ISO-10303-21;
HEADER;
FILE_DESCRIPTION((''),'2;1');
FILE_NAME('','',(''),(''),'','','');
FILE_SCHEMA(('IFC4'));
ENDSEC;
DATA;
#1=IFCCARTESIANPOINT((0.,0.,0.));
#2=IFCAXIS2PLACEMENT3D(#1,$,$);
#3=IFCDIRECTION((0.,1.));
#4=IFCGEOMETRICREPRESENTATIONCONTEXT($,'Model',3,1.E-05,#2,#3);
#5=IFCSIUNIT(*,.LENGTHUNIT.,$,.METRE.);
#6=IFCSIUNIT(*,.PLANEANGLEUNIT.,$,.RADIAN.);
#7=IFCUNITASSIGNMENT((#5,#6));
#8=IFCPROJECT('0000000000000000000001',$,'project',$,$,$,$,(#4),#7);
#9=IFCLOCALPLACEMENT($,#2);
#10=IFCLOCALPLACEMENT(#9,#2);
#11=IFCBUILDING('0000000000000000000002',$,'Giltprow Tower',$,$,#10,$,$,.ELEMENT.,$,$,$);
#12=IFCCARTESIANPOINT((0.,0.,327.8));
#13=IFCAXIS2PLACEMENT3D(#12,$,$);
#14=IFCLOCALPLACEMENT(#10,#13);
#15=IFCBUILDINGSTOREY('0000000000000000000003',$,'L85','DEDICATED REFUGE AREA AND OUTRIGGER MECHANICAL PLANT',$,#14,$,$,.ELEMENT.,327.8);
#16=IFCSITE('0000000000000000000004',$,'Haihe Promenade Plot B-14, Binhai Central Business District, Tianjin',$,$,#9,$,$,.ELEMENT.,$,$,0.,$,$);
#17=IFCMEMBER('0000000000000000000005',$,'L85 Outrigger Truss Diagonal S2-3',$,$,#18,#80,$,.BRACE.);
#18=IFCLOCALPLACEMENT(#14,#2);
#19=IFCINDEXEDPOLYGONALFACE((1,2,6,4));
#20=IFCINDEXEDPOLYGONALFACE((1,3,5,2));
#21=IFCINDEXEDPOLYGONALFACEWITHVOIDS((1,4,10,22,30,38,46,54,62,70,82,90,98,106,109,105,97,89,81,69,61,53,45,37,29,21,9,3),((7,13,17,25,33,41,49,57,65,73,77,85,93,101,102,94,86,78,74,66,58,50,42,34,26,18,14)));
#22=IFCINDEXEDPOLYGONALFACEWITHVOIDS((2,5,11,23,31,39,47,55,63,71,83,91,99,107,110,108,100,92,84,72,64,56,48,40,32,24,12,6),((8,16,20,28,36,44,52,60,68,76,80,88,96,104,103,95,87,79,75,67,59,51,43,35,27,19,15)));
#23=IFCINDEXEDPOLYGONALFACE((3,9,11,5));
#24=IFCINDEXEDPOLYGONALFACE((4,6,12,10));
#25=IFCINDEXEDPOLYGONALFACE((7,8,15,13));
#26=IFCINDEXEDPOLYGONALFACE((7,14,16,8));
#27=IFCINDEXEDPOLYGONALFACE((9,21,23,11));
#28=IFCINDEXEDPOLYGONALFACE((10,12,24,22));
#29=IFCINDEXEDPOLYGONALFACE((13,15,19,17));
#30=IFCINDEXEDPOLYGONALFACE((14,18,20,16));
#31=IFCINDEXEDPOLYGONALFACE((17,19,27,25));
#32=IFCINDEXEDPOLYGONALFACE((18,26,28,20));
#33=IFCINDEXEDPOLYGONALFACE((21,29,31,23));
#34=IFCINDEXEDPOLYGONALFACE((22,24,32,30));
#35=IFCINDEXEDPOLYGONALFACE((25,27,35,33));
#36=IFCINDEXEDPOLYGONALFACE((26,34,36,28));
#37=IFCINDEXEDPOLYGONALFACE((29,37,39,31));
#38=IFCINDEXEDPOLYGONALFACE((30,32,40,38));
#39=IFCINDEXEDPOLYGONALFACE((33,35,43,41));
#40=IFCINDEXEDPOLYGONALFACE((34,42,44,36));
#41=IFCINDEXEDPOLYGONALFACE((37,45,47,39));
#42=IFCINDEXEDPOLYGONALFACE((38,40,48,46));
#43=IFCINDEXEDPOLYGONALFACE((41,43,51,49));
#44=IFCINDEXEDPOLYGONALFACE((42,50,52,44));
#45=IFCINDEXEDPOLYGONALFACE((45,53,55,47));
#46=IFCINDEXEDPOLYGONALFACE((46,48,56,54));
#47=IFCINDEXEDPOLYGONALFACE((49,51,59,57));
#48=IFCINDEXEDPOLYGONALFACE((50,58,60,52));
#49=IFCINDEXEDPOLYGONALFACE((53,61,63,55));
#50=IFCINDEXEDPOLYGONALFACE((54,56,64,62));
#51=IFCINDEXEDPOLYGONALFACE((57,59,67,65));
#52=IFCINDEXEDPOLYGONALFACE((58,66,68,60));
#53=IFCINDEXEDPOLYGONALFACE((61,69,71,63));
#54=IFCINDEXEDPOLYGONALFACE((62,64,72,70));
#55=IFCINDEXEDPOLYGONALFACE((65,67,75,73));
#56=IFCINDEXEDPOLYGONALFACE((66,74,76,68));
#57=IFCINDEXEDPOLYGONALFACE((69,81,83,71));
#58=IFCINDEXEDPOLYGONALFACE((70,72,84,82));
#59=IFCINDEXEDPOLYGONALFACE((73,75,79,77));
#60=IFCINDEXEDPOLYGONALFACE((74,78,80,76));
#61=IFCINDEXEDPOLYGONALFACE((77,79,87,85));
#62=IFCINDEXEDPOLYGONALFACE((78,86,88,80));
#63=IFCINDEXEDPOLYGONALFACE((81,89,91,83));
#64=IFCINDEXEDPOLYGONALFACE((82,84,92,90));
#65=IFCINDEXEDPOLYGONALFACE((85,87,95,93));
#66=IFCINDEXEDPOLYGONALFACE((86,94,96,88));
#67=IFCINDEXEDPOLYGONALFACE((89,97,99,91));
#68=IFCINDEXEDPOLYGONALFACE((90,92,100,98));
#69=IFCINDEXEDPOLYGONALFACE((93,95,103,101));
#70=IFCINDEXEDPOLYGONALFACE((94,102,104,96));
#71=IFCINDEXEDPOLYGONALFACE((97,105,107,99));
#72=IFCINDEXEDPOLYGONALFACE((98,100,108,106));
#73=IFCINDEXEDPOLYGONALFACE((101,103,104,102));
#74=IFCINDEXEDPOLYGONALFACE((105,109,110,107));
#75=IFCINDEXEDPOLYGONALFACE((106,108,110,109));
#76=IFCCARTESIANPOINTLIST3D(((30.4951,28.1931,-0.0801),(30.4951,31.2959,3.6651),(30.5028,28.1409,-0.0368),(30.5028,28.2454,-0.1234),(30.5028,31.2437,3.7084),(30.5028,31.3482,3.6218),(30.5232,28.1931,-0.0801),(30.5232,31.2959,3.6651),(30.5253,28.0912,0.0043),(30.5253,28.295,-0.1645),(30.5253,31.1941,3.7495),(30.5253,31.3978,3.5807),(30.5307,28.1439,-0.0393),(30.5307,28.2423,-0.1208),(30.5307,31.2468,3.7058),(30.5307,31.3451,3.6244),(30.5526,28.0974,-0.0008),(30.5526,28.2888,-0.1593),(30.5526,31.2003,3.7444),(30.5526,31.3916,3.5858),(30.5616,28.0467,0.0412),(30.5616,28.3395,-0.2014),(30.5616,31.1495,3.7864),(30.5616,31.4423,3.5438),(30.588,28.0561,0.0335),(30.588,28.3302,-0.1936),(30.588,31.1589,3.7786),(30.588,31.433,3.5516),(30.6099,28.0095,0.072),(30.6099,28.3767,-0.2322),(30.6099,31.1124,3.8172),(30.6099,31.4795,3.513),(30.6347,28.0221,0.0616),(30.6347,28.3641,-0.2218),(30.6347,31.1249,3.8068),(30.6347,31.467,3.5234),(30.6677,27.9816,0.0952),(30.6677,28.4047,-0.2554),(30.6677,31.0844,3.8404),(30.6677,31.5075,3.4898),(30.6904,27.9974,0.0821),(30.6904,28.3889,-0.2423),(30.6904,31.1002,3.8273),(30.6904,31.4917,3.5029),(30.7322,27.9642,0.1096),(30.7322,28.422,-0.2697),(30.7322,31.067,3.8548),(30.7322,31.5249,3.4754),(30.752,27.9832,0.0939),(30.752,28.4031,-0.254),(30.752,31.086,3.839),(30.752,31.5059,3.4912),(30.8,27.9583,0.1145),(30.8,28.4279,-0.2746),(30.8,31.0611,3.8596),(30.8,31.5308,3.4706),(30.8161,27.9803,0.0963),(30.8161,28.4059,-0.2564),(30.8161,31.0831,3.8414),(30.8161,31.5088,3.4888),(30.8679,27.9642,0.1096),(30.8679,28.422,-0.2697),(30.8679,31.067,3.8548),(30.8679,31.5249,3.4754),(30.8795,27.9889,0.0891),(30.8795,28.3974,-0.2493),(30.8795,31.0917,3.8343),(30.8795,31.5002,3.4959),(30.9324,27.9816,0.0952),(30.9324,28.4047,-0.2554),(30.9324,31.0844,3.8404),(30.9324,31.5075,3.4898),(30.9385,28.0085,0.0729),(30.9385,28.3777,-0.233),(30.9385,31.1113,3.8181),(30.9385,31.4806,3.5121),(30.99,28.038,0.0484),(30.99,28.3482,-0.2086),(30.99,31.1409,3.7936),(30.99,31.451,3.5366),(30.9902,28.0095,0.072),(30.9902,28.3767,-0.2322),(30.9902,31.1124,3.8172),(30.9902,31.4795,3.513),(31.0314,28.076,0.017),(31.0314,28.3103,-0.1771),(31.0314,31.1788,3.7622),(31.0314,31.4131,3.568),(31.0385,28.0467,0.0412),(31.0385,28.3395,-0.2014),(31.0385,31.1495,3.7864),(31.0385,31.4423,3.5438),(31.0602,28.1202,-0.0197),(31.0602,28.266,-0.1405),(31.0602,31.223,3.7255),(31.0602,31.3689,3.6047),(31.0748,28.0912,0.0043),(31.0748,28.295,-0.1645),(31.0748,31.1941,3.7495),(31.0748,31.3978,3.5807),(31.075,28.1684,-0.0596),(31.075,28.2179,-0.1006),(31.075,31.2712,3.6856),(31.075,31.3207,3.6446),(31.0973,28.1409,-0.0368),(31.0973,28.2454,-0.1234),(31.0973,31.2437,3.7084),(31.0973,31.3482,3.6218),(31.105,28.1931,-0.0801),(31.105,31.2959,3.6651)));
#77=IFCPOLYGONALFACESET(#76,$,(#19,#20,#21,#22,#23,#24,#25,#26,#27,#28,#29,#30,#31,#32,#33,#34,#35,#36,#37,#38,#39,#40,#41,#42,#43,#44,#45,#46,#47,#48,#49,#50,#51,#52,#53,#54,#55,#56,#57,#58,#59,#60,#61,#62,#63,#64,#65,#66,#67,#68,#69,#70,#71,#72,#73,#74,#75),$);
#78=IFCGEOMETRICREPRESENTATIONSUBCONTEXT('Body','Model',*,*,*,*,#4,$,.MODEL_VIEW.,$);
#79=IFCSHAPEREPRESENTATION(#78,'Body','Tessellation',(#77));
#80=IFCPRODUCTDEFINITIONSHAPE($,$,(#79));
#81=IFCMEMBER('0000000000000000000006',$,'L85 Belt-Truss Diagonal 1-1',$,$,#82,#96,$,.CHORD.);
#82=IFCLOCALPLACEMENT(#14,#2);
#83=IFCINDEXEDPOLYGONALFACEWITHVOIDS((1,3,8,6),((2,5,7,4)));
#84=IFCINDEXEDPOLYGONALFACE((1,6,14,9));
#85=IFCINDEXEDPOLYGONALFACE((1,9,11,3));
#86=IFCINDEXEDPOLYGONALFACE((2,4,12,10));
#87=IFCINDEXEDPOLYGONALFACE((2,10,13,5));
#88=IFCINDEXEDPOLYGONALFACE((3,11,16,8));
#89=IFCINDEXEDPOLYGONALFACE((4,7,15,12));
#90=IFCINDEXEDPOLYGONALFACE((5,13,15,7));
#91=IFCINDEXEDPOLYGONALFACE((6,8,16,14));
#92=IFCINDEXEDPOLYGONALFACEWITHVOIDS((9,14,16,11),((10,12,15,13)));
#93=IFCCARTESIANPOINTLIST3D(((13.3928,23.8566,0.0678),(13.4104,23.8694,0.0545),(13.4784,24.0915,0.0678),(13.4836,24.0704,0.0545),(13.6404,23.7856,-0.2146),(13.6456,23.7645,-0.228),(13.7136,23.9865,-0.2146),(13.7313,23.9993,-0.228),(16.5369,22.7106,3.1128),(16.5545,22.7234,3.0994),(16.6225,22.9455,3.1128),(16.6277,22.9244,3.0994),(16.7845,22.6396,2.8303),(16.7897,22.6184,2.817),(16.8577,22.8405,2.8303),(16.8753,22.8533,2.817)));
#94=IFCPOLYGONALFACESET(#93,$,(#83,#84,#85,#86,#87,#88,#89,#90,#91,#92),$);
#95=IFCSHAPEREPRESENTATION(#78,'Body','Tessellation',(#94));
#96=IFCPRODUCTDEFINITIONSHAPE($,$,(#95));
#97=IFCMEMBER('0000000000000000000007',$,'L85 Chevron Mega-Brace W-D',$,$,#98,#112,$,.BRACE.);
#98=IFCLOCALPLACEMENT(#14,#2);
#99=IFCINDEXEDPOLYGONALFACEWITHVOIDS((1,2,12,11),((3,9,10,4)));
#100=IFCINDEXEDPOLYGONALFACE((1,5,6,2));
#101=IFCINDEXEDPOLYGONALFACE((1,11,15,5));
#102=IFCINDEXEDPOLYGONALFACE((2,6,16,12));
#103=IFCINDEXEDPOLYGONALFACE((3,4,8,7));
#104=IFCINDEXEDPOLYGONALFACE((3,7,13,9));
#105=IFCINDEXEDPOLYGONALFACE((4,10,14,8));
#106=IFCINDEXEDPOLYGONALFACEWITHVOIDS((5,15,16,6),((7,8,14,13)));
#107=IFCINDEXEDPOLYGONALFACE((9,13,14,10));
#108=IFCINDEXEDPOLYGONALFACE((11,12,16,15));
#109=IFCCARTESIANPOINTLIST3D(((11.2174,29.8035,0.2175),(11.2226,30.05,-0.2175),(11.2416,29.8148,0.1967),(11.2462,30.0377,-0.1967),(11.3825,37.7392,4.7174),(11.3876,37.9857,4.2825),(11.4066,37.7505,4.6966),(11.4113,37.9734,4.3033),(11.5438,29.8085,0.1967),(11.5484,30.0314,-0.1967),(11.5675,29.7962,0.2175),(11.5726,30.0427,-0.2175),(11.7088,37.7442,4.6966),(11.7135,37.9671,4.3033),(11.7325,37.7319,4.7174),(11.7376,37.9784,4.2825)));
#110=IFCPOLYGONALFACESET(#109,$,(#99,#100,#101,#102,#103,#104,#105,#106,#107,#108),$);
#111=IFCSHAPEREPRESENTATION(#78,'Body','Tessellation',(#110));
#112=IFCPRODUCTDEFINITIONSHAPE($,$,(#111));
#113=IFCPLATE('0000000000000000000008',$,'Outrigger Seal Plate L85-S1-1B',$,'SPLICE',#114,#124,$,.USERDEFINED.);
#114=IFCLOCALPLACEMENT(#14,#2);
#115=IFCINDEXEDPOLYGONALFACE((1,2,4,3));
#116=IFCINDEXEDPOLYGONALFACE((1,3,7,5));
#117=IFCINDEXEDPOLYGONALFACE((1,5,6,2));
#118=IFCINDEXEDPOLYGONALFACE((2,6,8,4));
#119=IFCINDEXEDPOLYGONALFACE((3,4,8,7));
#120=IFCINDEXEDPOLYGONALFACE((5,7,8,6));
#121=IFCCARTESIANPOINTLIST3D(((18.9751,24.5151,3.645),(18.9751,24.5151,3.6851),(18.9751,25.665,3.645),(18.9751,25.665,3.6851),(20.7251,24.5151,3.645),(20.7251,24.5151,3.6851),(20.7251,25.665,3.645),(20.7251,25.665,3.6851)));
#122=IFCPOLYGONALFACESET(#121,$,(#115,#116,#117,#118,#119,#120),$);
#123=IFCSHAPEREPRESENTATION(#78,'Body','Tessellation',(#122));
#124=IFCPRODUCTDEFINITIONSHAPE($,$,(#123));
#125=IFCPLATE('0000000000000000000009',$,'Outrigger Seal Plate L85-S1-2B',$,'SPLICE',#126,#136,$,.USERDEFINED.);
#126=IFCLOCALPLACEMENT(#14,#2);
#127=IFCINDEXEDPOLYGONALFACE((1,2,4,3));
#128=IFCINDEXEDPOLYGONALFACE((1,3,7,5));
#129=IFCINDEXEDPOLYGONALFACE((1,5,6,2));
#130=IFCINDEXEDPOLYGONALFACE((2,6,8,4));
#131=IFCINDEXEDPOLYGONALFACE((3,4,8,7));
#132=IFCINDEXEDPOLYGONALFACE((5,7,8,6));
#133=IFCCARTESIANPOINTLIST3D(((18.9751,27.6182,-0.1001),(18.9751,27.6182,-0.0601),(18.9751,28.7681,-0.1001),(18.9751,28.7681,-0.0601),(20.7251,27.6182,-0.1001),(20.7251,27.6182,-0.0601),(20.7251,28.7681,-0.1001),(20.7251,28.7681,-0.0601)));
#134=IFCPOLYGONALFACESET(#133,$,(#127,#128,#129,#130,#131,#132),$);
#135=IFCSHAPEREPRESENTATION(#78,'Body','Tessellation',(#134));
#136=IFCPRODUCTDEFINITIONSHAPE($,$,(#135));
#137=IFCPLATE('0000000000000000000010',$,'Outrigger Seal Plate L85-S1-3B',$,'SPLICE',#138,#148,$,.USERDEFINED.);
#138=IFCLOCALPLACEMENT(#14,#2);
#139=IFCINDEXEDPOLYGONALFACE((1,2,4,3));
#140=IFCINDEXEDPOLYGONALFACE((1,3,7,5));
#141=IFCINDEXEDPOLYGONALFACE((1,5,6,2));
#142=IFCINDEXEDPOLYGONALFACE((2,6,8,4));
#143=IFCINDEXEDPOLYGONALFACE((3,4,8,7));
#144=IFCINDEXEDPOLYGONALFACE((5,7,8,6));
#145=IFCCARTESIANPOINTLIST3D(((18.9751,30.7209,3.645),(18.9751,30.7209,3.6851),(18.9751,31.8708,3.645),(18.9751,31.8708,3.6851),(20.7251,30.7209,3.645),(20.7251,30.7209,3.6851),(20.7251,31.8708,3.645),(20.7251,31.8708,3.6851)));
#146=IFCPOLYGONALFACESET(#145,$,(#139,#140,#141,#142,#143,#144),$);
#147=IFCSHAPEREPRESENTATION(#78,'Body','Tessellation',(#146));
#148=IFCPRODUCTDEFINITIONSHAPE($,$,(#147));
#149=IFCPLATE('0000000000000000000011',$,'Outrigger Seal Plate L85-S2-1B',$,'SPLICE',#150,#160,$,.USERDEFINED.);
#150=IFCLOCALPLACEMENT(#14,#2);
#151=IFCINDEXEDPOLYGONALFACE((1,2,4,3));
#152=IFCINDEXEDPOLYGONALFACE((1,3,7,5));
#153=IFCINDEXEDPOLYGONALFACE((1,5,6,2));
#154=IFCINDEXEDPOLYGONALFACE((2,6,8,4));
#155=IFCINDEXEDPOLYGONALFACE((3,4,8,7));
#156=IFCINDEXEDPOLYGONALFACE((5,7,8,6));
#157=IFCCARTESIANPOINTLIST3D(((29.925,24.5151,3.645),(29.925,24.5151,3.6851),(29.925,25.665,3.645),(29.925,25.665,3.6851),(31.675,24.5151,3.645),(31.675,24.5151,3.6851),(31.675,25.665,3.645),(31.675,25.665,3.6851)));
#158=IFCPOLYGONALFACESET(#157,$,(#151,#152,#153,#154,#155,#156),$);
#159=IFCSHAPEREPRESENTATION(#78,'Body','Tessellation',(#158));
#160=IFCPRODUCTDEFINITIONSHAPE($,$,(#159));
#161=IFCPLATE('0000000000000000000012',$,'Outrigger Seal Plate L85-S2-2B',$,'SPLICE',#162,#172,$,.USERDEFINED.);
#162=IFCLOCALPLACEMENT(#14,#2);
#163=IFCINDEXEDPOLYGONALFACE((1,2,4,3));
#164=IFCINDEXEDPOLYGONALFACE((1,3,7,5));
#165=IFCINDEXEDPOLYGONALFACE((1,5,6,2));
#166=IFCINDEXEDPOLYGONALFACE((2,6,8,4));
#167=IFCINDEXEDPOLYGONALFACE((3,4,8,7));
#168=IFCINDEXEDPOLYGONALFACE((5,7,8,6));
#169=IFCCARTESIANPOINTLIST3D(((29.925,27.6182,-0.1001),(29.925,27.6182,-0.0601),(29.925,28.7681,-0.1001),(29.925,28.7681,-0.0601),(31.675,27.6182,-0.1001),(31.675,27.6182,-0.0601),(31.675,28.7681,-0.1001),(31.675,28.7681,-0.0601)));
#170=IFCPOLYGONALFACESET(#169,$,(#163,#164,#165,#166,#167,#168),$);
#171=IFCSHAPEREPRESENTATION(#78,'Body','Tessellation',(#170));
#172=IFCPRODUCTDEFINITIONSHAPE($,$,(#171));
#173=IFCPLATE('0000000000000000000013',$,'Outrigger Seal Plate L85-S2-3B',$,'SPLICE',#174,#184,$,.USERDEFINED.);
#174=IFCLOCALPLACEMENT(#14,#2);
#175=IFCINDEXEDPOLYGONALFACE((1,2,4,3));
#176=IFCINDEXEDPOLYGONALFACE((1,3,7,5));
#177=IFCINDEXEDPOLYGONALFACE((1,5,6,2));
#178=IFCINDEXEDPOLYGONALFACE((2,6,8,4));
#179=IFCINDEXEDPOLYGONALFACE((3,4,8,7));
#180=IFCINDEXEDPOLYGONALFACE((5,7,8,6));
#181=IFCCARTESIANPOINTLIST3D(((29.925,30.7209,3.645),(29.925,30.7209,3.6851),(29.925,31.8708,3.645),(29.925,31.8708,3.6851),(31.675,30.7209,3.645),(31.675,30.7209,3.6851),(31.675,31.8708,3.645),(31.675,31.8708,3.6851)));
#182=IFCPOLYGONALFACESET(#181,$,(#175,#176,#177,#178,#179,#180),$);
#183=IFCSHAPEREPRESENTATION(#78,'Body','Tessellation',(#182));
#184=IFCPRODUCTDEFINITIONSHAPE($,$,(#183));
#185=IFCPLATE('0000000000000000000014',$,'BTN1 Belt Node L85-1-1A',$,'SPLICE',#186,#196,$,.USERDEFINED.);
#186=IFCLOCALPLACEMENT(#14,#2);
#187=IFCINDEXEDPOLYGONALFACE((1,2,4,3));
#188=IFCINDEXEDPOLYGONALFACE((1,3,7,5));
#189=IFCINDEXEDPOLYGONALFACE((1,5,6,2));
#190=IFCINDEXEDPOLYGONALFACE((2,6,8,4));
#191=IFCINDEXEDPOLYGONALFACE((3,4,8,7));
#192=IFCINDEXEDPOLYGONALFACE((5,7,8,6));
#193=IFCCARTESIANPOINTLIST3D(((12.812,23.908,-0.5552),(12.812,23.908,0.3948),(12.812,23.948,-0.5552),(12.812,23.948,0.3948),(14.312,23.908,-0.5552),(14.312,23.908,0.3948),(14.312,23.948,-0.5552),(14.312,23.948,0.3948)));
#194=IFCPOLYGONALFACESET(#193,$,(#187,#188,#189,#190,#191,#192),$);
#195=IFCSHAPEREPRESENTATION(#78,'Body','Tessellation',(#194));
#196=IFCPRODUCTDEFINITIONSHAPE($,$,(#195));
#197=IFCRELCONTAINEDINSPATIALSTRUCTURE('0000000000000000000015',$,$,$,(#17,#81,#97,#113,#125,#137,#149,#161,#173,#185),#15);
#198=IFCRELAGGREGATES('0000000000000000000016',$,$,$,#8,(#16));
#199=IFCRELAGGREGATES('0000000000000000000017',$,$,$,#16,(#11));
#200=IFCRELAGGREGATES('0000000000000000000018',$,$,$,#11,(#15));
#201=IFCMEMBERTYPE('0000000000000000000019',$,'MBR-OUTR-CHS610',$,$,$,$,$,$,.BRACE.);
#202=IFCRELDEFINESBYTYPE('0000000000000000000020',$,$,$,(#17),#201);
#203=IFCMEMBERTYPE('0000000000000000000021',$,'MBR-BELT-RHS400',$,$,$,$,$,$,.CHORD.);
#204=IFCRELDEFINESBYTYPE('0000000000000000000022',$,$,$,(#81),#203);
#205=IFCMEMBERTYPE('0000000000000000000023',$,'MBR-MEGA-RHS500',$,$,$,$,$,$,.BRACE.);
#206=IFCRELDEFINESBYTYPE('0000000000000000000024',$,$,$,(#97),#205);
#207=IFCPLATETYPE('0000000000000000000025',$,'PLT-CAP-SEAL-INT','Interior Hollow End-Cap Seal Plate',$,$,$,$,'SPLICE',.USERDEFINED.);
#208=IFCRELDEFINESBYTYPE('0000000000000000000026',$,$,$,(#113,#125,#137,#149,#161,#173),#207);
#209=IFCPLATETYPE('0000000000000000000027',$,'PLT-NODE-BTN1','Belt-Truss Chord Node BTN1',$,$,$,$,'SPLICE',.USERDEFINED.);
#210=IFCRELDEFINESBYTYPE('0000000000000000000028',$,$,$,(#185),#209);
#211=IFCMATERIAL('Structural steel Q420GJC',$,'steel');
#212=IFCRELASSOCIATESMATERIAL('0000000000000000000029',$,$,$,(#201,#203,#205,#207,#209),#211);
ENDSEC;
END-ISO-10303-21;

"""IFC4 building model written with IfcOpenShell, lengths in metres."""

from ifc_helpers import new_model, si_unit, direction, frame, origin, origin_2d, place, context, subcontext, project, spatial, rectangle, hollow_rectangle, hollow_circle, extrude, source, transform, mapped, material, material_profile, profile_set, type_object, element, save


model = new_model("IFC4")

# Units and contexts
model_context = context("Model", 3, precision=1e-05, world=origin(), true_north=direction((0.0, 1.0)))
body_context = subcontext(model_context, "Body", "Model", "MODEL_VIEW")
ifc_project = project(units=[si_unit("LENGTHUNIT", "METRE"), si_unit("PLANEANGLEUNIT", "RADIAN")], contexts=[model_context])

# Site, building, storey
site_placement = place(None, origin())
site = spatial("IfcSite", under=ifc_project, at=site_placement, Name="Haihe Promenade Plot B-14, Binhai Central Business District, Tianjin", CompositionType="ELEMENT", RefElevation=0.0)
building_placement = place(site_placement, origin())
building = spatial("IfcBuilding", under=site, at=building_placement, Name="Giltprow Tower", CompositionType="ELEMENT")
storey_placement = place(building_placement, frame((0.0, 0.0, 327.8)))
storey = spatial("IfcBuildingStorey", under=building, at=storey_placement, Name="L85", Description="DEDICATED REFUGE AREA AND OUTRIGGER MECHANICAL PLANT", CompositionType="ELEMENT", Elevation=327.8)

# Shared definitions
ifc_material_1 = material(Name="Structural steel Q420GJC", Category="steel")

# Members
ifc_material_profile_1 = material_profile(ifc_material_1, hollow_circle(Radius=0.3049, WallThickness=0.0281, at=origin_2d()), Name="CHS 610x28")
ifc_profile_set_1 = profile_set([ifc_material_profile_1], Name="Structural steel Q420GJC")
member_type_1 = type_object("IfcMemberType", Name="MBR-OUTR-CHS610", PredefinedType="BRACE", material=ifc_profile_set_1)
shared_shape_1 = source(origin(), body_context, "Body", "SweptSolid", [
    extrude(hollow_circle(Radius=0.3049, WallThickness=0.0281, at=origin_2d()), origin(), (0.0, 0.0, 1.0), 4.8635),
])
for number, where, z_axis, x_axis, name in (
    (1, (30.8, 28.1931, -0.0801), (0.0, 0.63798, 0.770053), (-1.0, 0.0, 0.0), "L85 Outrigger Truss Diagonal S2-3"),
):
    element("IfcMember", number, at=place(storey_placement, frame(where, z_axis=z_axis, x_axis=x_axis)), inside=storey, type_object=member_type_1, Name=name, PredefinedType="BRACE", context=body_context, shape_type="MappedRepresentation", body=[
        mapped(shared_shape_1, transform((0.0, 0.0, 0.0), x_axis=(1.0, 0.0, 0.0), y_axis=(0.0, 1.0, 0.0), z_axis=(0.0, 0.0, 1.0), scale=1.0)),
    ])
ifc_material_profile_2 = material_profile(ifc_material_1, hollow_rectangle(XDim=0.25, YDim=0.3999, WallThickness=0.0181, at=origin_2d()), Name="RHS 400x250x18")
ifc_profile_set_2 = profile_set([ifc_material_profile_2], Name="Structural steel Q420GJC")
member_type_2 = type_object("IfcMemberType", Name="MBR-BELT-RHS400", PredefinedType="CHORD", material=ifc_profile_set_2)
shared_shape_2 = source(origin(), body_context, "Body", "SweptSolid", [
    extrude(hollow_rectangle(XDim=0.25, YDim=0.3999, WallThickness=0.0181, at=origin_2d()), origin(), (0.0, 0.0, 1.0), 4.5244),
])
member_1_placement = place(storey_placement, frame((13.562, 23.928, -0.0801), z_axis=(0.694914, -0.253294, 0.673006), x_axis=(0.342458, 0.939533, 0.0)))
element("IfcMember", 2, at=member_1_placement, inside=storey, type_object=member_type_2, Name="L85 Belt-Truss Diagonal 1-1", PredefinedType="CHORD", context=body_context, shape_type="MappedRepresentation", body=[
    mapped(shared_shape_2, transform((0.0, 0.0, 0.0), x_axis=(1.0, 0.0, 0.0), y_axis=(0.0, 1.0, 0.0), z_axis=(0.0, 0.0, 1.0), scale=1.0)),
])
ifc_material_profile_3 = material_profile(ifc_material_1, hollow_rectangle(XDim=0.3501, YDim=0.5, WallThickness=0.0239, at=origin_2d()), Name="RHS 500x350x24")
ifc_profile_set_3 = profile_set([ifc_material_profile_3], Name="Structural steel Q420GJC")
member_type_3 = type_object("IfcMemberType", Name="MBR-MEGA-RHS500", PredefinedType="BRACE", material=ifc_profile_set_3)
shared_shape_3 = source(origin(), body_context, "Body", "SweptSolid", [
    extrude(hollow_rectangle(XDim=0.3501, YDim=0.5, WallThickness=0.0239, at=origin_2d()), origin(), (0.0, 0.0, 1.0), 9.1243),
])
member_2_placement = place(storey_placement, frame((11.395, 29.9231, 0.0), z_axis=(0.018088, 0.869736, 0.493185), x_axis=(-0.999784, 0.020792, 0.0)))
element("IfcMember", 3, at=member_2_placement, inside=storey, type_object=member_type_3, Name="L85 Chevron Mega-Brace W-D", PredefinedType="BRACE", context=body_context, shape_type="MappedRepresentation", body=[
    mapped(shared_shape_3, transform((0.0, 0.0, 0.0), x_axis=(1.0, 0.0, 0.0), y_axis=(0.0, 1.0, 0.0), z_axis=(0.0, 0.0, 1.0), scale=1.0)),
])

# Plates
plate_type_1 = type_object("IfcPlateType", Name="PLT-CAP-SEAL-INT", Description="Interior Hollow End-Cap Seal Plate", ElementType="SPLICE", PredefinedType="USERDEFINED", material=ifc_material_1)
shared_shape_4 = source(origin(), body_context, "Body", "SweptSolid", [
    extrude(rectangle(XDim=1.75, YDim=1.1499, at=origin_2d()), origin(), (0.0, 0.0, 1.0), 0.04),
])
for number, where, z_axis, x_axis, name in (
    (4, (19.8501, 25.0901, 3.645), (0.0, 0.0, 1.0), (1.0, 0.0, 0.0), "Outrigger Seal Plate L85-S1-1B"),
    (5, (19.8501, 28.1931, -0.1001), (0.0, 0.0, 1.0), (1.0, 0.0, 0.0), "Outrigger Seal Plate L85-S1-2B"),
    (6, (19.8501, 31.2959, 3.645), (0.0, 0.0, 1.0), (1.0, 0.0, 0.0), "Outrigger Seal Plate L85-S1-3B"),
    (7, (30.8, 25.0901, 3.645), (0.0, 0.0, 1.0), (1.0, 0.0, 0.0), "Outrigger Seal Plate L85-S2-1B"),
    (8, (30.8, 28.1931, -0.1001), (0.0, 0.0, 1.0), (1.0, 0.0, 0.0), "Outrigger Seal Plate L85-S2-2B"),
    (9, (30.8, 31.2959, 3.645), (0.0, 0.0, 1.0), (1.0, 0.0, 0.0), "Outrigger Seal Plate L85-S2-3B"),
):
    element("IfcPlate", number, at=place(storey_placement, frame(where, z_axis=z_axis, x_axis=x_axis)), inside=storey, type_object=plate_type_1, Name=name, ObjectType="SPLICE", PredefinedType="USERDEFINED", context=body_context, shape_type="MappedRepresentation", body=[
        mapped(shared_shape_4, transform((0.0, 0.0, 0.0), x_axis=(1.0, 0.0, 0.0), y_axis=(0.0, 1.0, 0.0), z_axis=(0.0, 0.0, 1.0), scale=1.0)),
    ])
plate_type_2 = type_object("IfcPlateType", Name="PLT-NODE-BTN1", Description="Belt-Truss Chord Node BTN1", ElementType="SPLICE", PredefinedType="USERDEFINED", material=ifc_material_1)
shared_shape_5 = source(origin(), body_context, "Body", "SweptSolid", [
    extrude(rectangle(XDim=1.5, YDim=0.04, at=origin_2d()), origin(), (0.0, 0.0, 1.0), 0.95),
])
plate_placement = place(storey_placement, frame((13.562, 23.928, -0.5552), z_axis=(0.0, 0.0, 1.0), x_axis=(1.0, 0.0, 0.0)))
element("IfcPlate", 10, at=plate_placement, inside=storey, type_object=plate_type_2, Name="BTN1 Belt Node L85-1-1A", ObjectType="SPLICE", PredefinedType="USERDEFINED", context=body_context, shape_type="MappedRepresentation", body=[
    mapped(shared_shape_5, transform((0.0, 0.0, 0.0), x_axis=(1.0, 0.0, 0.0), y_axis=(0.0, 1.0, 0.0), z_axis=(0.0, 0.0, 1.0), scale=1.0)),
])

save(model, "model.ifc")
